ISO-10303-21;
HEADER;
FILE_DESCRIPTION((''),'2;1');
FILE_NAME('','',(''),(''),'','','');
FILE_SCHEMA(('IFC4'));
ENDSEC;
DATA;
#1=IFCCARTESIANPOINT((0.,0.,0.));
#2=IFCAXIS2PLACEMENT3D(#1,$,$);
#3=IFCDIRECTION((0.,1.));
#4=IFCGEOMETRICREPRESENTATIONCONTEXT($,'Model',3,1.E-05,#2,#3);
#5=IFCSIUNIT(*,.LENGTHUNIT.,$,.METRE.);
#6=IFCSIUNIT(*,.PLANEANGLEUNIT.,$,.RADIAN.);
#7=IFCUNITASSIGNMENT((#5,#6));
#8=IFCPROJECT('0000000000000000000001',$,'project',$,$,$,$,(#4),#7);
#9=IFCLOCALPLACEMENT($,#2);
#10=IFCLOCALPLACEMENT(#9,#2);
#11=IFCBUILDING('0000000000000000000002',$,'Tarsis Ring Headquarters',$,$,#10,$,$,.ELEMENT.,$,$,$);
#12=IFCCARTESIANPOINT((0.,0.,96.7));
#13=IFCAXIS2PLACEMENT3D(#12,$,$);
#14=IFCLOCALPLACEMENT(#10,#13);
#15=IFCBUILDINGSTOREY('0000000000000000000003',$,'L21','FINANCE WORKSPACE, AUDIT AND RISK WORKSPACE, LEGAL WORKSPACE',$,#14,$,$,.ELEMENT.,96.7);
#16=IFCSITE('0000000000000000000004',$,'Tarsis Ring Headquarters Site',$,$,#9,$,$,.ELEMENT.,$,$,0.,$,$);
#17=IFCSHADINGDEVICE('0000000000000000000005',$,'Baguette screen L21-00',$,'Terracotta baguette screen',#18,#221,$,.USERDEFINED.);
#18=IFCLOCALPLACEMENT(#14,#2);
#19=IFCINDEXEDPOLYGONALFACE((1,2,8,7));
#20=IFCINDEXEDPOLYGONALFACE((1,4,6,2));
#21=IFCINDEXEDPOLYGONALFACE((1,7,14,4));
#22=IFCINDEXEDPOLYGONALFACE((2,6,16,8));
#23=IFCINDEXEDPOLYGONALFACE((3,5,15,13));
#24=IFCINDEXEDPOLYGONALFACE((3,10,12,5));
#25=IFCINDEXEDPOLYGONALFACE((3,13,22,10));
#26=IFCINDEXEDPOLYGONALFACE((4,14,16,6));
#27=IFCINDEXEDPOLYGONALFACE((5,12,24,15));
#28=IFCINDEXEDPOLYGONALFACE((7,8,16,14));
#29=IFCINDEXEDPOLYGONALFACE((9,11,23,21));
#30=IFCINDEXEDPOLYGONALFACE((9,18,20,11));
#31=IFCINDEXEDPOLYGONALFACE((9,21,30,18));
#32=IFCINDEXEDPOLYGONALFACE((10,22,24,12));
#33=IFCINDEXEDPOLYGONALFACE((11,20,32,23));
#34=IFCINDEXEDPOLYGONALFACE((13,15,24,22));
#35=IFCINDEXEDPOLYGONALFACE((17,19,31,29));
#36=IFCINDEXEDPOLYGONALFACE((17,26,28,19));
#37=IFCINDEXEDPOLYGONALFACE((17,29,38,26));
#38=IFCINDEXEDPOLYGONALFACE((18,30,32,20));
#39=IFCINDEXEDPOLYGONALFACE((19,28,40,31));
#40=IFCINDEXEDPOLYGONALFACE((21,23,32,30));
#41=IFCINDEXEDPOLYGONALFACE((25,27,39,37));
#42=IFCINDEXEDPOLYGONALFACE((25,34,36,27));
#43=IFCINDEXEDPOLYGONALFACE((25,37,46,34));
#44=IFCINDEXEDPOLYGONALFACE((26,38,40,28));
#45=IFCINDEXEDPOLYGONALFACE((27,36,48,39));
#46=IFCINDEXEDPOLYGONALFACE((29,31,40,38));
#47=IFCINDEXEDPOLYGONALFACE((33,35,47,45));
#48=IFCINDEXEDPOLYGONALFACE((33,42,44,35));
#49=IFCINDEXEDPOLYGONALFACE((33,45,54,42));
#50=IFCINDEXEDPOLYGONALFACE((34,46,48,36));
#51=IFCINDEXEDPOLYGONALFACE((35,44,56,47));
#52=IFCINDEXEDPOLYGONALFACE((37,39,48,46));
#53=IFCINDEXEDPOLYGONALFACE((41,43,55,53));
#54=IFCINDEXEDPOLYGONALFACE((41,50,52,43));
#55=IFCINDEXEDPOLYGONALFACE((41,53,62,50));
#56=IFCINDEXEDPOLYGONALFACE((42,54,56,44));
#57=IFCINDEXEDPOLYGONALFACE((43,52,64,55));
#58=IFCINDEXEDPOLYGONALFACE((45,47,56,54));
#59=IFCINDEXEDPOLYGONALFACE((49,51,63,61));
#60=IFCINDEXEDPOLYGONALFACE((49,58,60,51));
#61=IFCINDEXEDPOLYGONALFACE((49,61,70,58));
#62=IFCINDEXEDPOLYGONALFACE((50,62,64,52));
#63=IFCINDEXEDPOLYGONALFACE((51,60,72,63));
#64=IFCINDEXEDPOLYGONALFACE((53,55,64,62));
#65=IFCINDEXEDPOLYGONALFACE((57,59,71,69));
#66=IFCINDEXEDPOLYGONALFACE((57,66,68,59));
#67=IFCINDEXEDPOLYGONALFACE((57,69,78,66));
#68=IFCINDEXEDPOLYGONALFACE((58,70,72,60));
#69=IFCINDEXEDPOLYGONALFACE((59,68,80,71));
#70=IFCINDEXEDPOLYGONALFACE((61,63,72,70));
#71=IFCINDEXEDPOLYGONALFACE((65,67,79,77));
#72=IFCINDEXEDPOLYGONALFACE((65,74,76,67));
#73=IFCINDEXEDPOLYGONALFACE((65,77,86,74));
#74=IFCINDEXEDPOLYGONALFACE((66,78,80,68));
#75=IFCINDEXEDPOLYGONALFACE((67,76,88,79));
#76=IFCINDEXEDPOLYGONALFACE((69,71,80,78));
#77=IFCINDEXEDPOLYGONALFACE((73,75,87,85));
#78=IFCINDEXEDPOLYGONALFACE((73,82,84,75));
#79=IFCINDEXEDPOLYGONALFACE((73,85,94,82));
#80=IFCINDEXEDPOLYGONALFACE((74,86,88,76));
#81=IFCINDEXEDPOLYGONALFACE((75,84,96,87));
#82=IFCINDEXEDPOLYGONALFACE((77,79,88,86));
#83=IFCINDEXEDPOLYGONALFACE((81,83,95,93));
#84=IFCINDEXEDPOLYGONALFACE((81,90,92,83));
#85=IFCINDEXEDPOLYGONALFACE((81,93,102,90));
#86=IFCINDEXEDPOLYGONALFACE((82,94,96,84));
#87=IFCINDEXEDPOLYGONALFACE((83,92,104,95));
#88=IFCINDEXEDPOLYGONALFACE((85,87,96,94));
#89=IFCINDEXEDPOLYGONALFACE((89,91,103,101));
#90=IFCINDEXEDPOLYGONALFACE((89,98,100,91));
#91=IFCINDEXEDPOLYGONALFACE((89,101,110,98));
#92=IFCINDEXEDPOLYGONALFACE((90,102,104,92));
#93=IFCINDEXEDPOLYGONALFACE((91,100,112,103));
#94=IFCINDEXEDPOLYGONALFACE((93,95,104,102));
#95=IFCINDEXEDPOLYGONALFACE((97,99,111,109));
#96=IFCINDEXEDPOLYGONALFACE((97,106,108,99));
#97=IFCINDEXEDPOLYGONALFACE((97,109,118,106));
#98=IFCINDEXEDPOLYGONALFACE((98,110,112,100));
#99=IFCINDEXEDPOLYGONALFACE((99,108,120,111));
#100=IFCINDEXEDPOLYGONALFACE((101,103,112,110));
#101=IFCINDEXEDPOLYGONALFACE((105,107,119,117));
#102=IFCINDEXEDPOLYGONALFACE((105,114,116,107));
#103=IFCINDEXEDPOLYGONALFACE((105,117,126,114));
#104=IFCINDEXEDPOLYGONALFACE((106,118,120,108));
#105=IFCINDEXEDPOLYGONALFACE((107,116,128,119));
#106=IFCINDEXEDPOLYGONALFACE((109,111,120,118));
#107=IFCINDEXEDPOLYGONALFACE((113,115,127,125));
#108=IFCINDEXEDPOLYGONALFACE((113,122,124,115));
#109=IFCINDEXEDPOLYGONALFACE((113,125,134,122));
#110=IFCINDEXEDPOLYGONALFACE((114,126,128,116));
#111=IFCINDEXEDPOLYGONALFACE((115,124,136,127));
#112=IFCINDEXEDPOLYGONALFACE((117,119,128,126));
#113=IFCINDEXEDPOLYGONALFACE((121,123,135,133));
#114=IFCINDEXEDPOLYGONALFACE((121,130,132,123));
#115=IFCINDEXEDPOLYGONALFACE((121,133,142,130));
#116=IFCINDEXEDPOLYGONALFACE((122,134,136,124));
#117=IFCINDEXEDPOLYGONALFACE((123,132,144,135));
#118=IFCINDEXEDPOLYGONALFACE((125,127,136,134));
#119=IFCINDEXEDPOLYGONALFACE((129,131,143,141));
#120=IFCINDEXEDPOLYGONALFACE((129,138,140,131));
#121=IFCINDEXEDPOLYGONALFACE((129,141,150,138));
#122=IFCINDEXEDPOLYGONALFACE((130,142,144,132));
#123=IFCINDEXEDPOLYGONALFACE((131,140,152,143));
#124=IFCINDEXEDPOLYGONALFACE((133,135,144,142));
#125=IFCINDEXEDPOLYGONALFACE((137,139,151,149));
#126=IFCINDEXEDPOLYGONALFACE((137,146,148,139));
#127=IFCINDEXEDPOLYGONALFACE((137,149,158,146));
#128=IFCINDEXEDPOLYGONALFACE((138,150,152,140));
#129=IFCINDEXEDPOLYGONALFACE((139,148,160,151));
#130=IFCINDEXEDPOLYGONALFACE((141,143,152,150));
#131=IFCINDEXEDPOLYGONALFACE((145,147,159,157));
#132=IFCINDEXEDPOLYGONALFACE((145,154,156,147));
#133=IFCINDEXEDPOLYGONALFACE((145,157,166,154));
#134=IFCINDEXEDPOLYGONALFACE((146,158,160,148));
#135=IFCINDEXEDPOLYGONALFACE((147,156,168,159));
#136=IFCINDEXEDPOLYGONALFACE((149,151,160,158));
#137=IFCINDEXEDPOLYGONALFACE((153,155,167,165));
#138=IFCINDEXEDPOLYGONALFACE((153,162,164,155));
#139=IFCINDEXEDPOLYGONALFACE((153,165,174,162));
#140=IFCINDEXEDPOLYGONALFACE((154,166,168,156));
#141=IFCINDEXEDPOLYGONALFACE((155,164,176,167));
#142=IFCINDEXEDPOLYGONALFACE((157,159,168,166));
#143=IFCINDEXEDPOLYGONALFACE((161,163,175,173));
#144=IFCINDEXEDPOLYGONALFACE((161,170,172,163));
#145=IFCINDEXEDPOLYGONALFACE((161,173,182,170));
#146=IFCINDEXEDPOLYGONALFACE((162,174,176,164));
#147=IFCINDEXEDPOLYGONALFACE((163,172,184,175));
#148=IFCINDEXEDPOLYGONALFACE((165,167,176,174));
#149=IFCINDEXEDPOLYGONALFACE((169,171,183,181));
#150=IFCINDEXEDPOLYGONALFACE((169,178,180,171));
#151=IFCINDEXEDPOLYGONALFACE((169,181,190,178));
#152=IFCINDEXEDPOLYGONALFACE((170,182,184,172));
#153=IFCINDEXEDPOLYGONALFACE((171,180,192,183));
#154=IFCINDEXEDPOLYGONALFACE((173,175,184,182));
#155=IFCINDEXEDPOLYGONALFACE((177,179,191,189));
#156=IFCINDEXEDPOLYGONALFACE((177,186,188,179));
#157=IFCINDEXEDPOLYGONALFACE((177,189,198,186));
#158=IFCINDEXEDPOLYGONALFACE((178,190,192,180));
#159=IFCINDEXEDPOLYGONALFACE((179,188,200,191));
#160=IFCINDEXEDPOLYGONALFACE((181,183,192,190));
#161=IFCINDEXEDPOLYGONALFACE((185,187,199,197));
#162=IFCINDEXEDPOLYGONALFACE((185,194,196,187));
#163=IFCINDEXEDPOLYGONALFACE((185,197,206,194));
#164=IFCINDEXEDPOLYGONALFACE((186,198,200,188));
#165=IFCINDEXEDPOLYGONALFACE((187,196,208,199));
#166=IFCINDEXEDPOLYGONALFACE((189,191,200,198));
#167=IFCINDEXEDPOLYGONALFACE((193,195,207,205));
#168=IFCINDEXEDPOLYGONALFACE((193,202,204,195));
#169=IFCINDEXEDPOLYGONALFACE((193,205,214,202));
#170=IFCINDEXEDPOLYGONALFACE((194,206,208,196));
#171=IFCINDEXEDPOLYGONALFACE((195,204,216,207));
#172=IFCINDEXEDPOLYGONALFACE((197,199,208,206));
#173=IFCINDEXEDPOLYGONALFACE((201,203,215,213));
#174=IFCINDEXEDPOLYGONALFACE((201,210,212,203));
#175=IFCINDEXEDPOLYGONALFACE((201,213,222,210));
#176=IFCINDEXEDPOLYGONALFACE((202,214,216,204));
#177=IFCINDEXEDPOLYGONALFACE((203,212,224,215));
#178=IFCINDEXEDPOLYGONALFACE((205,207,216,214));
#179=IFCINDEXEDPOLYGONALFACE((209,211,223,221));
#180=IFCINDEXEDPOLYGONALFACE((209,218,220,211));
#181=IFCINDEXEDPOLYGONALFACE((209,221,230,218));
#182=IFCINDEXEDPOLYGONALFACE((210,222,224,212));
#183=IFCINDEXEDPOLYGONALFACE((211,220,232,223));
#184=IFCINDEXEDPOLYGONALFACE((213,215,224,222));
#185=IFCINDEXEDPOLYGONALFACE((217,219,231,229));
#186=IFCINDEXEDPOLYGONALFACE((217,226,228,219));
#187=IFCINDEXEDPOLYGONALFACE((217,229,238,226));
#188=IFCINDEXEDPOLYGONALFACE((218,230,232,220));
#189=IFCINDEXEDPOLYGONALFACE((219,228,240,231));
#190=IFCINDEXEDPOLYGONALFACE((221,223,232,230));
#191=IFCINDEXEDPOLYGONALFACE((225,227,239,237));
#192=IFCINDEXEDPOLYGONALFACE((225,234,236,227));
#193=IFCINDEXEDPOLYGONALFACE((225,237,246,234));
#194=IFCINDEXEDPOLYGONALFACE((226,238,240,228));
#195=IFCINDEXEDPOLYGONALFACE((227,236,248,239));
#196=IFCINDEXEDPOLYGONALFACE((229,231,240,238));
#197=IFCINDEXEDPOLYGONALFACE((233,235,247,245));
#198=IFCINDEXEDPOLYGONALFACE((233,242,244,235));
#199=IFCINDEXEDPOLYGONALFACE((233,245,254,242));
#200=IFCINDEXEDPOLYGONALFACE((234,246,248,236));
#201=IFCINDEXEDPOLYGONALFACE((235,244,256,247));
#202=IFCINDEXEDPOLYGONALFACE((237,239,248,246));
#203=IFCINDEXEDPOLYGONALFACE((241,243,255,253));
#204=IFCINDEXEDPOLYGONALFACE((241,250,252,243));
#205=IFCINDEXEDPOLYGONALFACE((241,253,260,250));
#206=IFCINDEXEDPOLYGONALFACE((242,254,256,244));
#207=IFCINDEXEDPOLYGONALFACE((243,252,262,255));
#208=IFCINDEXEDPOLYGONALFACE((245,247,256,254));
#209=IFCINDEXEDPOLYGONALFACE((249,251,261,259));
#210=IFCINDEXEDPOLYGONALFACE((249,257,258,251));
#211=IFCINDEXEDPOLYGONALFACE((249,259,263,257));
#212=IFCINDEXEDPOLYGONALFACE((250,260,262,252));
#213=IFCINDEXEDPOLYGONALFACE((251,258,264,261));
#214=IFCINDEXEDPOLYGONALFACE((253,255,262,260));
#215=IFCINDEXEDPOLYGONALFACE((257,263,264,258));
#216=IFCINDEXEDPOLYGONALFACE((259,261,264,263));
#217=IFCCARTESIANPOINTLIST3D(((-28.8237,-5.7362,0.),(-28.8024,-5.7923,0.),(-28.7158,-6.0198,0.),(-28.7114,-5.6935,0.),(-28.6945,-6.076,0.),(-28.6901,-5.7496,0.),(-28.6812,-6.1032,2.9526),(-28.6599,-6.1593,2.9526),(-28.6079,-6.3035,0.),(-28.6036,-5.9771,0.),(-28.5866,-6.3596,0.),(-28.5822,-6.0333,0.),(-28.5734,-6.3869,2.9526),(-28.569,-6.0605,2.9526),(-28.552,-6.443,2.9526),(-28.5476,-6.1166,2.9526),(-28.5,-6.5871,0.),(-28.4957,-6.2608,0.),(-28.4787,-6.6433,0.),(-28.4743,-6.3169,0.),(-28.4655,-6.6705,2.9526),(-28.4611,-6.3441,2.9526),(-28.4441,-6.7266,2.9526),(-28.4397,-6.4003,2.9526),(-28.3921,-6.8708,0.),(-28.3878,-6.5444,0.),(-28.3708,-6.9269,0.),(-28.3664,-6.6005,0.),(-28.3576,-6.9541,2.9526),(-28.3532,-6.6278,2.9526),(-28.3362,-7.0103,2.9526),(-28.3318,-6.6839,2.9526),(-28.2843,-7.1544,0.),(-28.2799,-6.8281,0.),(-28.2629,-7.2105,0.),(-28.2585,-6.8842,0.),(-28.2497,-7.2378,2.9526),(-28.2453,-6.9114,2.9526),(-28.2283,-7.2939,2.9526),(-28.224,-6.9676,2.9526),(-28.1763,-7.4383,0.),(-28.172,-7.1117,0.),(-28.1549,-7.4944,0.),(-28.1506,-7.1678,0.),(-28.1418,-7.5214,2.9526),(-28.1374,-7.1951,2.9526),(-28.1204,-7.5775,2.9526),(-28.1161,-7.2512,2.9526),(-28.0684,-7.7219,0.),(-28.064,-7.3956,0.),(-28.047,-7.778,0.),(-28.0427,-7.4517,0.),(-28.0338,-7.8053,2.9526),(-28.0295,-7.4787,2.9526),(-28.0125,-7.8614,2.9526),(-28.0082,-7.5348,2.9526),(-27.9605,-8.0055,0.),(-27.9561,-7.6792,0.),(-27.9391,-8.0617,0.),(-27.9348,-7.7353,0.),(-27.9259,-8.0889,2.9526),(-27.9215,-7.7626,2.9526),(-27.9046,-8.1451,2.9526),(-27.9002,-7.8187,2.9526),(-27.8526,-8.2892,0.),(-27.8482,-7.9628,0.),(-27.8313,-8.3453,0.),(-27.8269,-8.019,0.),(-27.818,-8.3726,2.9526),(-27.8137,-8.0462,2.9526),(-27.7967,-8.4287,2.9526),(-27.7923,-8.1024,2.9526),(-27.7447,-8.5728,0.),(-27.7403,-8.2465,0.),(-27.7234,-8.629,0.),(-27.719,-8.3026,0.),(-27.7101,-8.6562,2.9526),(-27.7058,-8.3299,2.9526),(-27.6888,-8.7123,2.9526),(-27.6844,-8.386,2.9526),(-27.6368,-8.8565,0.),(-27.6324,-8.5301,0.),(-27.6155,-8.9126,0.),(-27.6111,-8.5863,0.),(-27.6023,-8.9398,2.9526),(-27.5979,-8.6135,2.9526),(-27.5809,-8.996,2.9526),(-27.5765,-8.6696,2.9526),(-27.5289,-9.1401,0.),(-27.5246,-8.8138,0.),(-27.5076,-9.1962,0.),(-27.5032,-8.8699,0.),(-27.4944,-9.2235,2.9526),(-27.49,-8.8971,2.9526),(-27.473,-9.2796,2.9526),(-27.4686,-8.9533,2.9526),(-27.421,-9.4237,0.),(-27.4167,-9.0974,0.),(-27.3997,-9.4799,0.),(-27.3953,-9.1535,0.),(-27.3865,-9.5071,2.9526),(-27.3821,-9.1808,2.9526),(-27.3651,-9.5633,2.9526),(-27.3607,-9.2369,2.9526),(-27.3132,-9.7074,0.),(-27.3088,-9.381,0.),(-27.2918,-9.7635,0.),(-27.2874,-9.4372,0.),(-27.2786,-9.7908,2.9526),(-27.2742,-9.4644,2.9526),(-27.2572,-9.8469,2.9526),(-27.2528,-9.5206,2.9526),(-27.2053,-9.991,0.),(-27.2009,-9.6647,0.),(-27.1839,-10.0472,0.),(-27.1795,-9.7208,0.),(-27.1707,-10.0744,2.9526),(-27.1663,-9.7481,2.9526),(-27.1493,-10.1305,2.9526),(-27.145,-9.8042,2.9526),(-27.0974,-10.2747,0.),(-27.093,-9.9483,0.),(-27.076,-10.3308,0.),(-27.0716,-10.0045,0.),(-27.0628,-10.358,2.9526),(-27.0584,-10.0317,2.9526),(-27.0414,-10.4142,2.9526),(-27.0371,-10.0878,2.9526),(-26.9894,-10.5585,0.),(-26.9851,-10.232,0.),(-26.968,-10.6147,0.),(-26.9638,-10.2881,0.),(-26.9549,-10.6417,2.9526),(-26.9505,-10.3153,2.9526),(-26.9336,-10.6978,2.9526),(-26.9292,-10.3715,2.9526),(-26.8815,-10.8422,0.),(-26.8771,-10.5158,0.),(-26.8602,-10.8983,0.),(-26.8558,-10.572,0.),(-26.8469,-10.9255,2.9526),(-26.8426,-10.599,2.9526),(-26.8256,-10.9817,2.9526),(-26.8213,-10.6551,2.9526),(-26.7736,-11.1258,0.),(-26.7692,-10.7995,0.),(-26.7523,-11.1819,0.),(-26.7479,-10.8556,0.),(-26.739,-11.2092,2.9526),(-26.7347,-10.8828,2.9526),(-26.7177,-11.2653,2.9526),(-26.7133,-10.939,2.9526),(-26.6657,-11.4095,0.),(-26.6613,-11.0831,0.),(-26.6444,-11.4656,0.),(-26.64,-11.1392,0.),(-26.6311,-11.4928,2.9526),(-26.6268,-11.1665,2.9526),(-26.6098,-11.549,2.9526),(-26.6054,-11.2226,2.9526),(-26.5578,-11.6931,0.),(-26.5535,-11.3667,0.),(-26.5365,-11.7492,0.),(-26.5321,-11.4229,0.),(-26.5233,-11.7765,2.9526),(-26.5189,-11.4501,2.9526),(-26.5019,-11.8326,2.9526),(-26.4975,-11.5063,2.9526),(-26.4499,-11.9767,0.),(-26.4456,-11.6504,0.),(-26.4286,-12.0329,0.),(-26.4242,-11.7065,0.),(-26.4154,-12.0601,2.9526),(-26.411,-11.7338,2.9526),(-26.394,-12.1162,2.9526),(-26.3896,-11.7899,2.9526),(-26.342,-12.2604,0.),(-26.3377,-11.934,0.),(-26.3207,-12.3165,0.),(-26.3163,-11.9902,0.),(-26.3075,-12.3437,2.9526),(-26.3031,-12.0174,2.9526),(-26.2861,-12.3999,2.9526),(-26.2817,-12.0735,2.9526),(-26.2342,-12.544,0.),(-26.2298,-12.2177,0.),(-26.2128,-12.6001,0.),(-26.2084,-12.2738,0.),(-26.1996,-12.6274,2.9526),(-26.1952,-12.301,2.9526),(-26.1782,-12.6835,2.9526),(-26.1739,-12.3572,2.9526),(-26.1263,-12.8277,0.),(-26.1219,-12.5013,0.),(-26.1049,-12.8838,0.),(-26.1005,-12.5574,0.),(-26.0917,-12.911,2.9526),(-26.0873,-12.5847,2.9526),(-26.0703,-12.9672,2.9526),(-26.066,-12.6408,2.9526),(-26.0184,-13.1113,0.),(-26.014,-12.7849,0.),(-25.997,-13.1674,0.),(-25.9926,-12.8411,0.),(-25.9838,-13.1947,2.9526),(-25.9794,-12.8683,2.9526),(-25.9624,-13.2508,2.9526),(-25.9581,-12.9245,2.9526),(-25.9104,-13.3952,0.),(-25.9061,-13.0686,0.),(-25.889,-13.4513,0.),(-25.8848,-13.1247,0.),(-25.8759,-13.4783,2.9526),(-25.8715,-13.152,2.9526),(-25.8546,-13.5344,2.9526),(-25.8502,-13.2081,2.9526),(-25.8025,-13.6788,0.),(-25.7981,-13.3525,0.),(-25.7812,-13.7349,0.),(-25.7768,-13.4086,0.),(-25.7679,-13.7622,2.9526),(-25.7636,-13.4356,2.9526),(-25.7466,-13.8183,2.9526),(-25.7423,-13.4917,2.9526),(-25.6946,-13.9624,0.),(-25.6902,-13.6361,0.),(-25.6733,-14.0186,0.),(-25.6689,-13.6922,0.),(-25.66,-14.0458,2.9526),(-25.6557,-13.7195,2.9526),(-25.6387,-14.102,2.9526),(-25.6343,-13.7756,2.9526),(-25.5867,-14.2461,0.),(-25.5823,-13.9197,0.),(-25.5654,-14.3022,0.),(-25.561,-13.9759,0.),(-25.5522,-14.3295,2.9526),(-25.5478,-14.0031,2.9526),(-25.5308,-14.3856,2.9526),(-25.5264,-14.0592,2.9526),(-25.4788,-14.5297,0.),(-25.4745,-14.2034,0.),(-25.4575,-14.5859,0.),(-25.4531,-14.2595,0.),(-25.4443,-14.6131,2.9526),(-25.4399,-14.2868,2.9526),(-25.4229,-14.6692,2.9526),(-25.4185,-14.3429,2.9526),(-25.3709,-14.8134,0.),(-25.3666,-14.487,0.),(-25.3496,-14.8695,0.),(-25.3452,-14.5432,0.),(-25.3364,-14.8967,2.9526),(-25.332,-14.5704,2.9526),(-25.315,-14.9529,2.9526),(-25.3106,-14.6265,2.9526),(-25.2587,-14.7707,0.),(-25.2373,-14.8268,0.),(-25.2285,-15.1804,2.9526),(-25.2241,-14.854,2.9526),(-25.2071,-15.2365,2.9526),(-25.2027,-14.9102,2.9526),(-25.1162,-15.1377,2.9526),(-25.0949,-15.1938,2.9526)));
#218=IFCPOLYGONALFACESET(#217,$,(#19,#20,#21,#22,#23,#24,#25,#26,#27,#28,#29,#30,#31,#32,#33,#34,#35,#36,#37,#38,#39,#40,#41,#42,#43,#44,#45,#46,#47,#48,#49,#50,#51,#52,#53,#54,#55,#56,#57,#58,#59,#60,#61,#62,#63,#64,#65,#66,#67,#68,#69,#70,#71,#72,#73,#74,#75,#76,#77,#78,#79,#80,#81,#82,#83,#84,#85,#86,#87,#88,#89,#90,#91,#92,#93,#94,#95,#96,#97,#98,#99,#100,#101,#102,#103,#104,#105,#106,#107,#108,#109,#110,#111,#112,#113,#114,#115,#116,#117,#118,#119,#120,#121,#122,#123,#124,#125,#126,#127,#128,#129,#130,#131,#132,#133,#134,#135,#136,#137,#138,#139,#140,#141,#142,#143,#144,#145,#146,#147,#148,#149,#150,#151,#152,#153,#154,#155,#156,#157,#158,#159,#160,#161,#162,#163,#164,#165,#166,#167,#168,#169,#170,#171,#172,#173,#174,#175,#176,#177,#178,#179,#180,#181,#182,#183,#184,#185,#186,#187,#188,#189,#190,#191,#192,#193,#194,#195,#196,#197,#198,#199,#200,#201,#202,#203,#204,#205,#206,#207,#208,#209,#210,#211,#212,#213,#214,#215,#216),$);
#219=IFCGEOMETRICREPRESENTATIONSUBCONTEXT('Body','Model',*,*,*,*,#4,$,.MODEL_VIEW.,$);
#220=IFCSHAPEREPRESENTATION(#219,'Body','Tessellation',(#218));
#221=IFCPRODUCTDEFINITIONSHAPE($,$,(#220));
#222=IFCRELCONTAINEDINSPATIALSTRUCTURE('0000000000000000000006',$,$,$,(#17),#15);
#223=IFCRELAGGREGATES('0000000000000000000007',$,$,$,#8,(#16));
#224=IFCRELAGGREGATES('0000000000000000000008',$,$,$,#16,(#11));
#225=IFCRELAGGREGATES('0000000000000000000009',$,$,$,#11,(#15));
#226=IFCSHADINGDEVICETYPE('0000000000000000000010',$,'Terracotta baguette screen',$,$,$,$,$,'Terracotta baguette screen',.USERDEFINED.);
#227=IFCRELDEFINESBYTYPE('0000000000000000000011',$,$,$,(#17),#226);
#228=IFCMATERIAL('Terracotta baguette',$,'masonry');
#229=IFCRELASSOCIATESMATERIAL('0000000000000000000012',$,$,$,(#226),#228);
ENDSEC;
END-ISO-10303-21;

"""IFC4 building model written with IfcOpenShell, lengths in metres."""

from ifc_helpers import new_model, si_unit, direction, frame, frame_2d, origin, place, context, subcontext, project, spatial, rectangle, composite_profile, extrude, material, type_object, element, save


model = new_model("IFC4")

# Units and contexts
model_context = context("Model", 3, precision=1e-05, world=origin(), true_north=direction((0.0, 1.0)))
body_context = subcontext(model_context, "Body", "Model", "MODEL_VIEW")
ifc_project = project(units=[si_unit("LENGTHUNIT", "METRE"), si_unit("PLANEANGLEUNIT", "RADIAN")], contexts=[model_context])

# Site, building, storey
site_placement = place(None, origin())
site = spatial("IfcSite", under=ifc_project, at=site_placement, Name="Tarsis Ring Headquarters Site", CompositionType="ELEMENT", RefElevation=0.0)
building_placement = place(site_placement, origin())
building = spatial("IfcBuilding", under=site, at=building_placement, Name="Tarsis Ring Headquarters", CompositionType="ELEMENT")
storey_placement = place(building_placement, frame((0.0, 0.0, 96.7)))
storey = spatial("IfcBuildingStorey", under=building, at=storey_placement, Name="L21", Description="FINANCE WORKSPACE, AUDIT AND RISK WORKSPACE, LEGAL WORKSPACE", CompositionType="ELEMENT", Elevation=96.7)

# Shading device
ifc_material_1 = material(Name="Terracotta baguette", Category="masonry")
shading_device_type = type_object("IfcShadingDeviceType", Name="Terracotta baguette screen", ElementType="Terracotta baguette screen", PredefinedType="USERDEFINED", material=ifc_material_1)
shading_device_1_placement = place(storey_placement, frame((-28.7676, -5.7148, 0.0), z_axis=(0.0, 0.0, 1.0), x_axis=(0.355528, -0.934666, 0.0)))
element("IfcShadingDevice", 1, at=shading_device_1_placement, inside=storey, type_object=shading_device_type, Name="Baguette screen L21-00", ObjectType="Terracotta baguette screen", PredefinedType="USERDEFINED", context=body_context, shape_type="SweptSolid", body=[
    extrude(composite_profile([rectangle(XDim=0.0601, YDim=0.1201, at=frame_2d((0.03, 0.0))), rectangle(XDim=0.0601, YDim=0.1201, at=frame_2d((0.3335, 0.0))), rectangle(XDim=0.0601, YDim=0.1201, at=frame_2d((0.637, 0.0))), rectangle(XDim=0.0601, YDim=0.1201, at=frame_2d((0.9404, 0.0))), rectangle(XDim=0.0601, YDim=0.1201, at=frame_2d((1.2439, 0.0))), rectangle(XDim=0.0601, YDim=0.1201, at=frame_2d((1.5474, 0.0))), rectangle(XDim=0.0601, YDim=0.1201, at=frame_2d((1.8511, 0.0))), rectangle(XDim=0.0601, YDim=0.1201, at=frame_2d((2.1545, 0.0))), rectangle(XDim=0.0601, YDim=0.1201, at=frame_2d((2.458, 0.0))), rectangle(XDim=0.0601, YDim=0.1201, at=frame_2d((2.7615, 0.0))), rectangle(XDim=0.0601, YDim=0.1201, at=frame_2d((3.0649, 0.0))), rectangle(XDim=0.0601, YDim=0.1201, at=frame_2d((3.3684, 0.0))), rectangle(XDim=0.0601, YDim=0.1201, at=frame_2d((3.6719, 0.0))), rectangle(XDim=0.0601, YDim=0.1201, at=frame_2d((3.9753, 0.0))), rectangle(XDim=0.0601, YDim=0.1201, at=frame_2d((4.2788, 0.0))), rectangle(XDim=0.0601, YDim=0.1201, at=frame_2d((4.5823, 0.0))), rectangle(XDim=0.0601, YDim=0.1201, at=frame_2d((4.8857, 0.0))), rectangle(XDim=0.0601, YDim=0.1201, at=frame_2d((5.1895, 0.0))), rectangle(XDim=0.0601, YDim=0.1201, at=frame_2d((5.4929, 0.0))), rectangle(XDim=0.0601, YDim=0.1201, at=frame_2d((5.7964, 0.0))), rectangle(XDim=0.0601, YDim=0.1201, at=frame_2d((6.0999, 0.0))), rectangle(XDim=0.0601, YDim=0.1201, at=frame_2d((6.4033, 0.0))), rectangle(XDim=0.0601, YDim=0.1201, at=frame_2d((6.7068, 0.0))), rectangle(XDim=0.0601, YDim=0.1201, at=frame_2d((7.0103, 0.0))), rectangle(XDim=0.0601, YDim=0.1201, at=frame_2d((7.3137, 0.0))), rectangle(XDim=0.0601, YDim=0.1201, at=frame_2d((7.6172, 0.0))), rectangle(XDim=0.0601, YDim=0.1201, at=frame_2d((7.9207, 0.0))), rectangle(XDim=0.0601, YDim=0.1201, at=frame_2d((8.2244, 0.0))), rectangle(XDim=0.0601, YDim=0.1201, at=frame_2d((8.5278, 0.0))), rectangle(XDim=0.0601, YDim=0.1201, at=frame_2d((8.8313, 0.0))), rectangle(XDim=0.0601, YDim=0.1201, at=frame_2d((9.1348, 0.0))), rectangle(XDim=0.0601, YDim=0.1201, at=frame_2d((9.4382, 0.0))), rectangle(XDim=0.0601, YDim=0.1201, at=frame_2d((9.7417, 0.0)))]), origin(), (0.132165, 0.000898, 0.991227), 2.9788),
])

save(model, "model.ifc")
